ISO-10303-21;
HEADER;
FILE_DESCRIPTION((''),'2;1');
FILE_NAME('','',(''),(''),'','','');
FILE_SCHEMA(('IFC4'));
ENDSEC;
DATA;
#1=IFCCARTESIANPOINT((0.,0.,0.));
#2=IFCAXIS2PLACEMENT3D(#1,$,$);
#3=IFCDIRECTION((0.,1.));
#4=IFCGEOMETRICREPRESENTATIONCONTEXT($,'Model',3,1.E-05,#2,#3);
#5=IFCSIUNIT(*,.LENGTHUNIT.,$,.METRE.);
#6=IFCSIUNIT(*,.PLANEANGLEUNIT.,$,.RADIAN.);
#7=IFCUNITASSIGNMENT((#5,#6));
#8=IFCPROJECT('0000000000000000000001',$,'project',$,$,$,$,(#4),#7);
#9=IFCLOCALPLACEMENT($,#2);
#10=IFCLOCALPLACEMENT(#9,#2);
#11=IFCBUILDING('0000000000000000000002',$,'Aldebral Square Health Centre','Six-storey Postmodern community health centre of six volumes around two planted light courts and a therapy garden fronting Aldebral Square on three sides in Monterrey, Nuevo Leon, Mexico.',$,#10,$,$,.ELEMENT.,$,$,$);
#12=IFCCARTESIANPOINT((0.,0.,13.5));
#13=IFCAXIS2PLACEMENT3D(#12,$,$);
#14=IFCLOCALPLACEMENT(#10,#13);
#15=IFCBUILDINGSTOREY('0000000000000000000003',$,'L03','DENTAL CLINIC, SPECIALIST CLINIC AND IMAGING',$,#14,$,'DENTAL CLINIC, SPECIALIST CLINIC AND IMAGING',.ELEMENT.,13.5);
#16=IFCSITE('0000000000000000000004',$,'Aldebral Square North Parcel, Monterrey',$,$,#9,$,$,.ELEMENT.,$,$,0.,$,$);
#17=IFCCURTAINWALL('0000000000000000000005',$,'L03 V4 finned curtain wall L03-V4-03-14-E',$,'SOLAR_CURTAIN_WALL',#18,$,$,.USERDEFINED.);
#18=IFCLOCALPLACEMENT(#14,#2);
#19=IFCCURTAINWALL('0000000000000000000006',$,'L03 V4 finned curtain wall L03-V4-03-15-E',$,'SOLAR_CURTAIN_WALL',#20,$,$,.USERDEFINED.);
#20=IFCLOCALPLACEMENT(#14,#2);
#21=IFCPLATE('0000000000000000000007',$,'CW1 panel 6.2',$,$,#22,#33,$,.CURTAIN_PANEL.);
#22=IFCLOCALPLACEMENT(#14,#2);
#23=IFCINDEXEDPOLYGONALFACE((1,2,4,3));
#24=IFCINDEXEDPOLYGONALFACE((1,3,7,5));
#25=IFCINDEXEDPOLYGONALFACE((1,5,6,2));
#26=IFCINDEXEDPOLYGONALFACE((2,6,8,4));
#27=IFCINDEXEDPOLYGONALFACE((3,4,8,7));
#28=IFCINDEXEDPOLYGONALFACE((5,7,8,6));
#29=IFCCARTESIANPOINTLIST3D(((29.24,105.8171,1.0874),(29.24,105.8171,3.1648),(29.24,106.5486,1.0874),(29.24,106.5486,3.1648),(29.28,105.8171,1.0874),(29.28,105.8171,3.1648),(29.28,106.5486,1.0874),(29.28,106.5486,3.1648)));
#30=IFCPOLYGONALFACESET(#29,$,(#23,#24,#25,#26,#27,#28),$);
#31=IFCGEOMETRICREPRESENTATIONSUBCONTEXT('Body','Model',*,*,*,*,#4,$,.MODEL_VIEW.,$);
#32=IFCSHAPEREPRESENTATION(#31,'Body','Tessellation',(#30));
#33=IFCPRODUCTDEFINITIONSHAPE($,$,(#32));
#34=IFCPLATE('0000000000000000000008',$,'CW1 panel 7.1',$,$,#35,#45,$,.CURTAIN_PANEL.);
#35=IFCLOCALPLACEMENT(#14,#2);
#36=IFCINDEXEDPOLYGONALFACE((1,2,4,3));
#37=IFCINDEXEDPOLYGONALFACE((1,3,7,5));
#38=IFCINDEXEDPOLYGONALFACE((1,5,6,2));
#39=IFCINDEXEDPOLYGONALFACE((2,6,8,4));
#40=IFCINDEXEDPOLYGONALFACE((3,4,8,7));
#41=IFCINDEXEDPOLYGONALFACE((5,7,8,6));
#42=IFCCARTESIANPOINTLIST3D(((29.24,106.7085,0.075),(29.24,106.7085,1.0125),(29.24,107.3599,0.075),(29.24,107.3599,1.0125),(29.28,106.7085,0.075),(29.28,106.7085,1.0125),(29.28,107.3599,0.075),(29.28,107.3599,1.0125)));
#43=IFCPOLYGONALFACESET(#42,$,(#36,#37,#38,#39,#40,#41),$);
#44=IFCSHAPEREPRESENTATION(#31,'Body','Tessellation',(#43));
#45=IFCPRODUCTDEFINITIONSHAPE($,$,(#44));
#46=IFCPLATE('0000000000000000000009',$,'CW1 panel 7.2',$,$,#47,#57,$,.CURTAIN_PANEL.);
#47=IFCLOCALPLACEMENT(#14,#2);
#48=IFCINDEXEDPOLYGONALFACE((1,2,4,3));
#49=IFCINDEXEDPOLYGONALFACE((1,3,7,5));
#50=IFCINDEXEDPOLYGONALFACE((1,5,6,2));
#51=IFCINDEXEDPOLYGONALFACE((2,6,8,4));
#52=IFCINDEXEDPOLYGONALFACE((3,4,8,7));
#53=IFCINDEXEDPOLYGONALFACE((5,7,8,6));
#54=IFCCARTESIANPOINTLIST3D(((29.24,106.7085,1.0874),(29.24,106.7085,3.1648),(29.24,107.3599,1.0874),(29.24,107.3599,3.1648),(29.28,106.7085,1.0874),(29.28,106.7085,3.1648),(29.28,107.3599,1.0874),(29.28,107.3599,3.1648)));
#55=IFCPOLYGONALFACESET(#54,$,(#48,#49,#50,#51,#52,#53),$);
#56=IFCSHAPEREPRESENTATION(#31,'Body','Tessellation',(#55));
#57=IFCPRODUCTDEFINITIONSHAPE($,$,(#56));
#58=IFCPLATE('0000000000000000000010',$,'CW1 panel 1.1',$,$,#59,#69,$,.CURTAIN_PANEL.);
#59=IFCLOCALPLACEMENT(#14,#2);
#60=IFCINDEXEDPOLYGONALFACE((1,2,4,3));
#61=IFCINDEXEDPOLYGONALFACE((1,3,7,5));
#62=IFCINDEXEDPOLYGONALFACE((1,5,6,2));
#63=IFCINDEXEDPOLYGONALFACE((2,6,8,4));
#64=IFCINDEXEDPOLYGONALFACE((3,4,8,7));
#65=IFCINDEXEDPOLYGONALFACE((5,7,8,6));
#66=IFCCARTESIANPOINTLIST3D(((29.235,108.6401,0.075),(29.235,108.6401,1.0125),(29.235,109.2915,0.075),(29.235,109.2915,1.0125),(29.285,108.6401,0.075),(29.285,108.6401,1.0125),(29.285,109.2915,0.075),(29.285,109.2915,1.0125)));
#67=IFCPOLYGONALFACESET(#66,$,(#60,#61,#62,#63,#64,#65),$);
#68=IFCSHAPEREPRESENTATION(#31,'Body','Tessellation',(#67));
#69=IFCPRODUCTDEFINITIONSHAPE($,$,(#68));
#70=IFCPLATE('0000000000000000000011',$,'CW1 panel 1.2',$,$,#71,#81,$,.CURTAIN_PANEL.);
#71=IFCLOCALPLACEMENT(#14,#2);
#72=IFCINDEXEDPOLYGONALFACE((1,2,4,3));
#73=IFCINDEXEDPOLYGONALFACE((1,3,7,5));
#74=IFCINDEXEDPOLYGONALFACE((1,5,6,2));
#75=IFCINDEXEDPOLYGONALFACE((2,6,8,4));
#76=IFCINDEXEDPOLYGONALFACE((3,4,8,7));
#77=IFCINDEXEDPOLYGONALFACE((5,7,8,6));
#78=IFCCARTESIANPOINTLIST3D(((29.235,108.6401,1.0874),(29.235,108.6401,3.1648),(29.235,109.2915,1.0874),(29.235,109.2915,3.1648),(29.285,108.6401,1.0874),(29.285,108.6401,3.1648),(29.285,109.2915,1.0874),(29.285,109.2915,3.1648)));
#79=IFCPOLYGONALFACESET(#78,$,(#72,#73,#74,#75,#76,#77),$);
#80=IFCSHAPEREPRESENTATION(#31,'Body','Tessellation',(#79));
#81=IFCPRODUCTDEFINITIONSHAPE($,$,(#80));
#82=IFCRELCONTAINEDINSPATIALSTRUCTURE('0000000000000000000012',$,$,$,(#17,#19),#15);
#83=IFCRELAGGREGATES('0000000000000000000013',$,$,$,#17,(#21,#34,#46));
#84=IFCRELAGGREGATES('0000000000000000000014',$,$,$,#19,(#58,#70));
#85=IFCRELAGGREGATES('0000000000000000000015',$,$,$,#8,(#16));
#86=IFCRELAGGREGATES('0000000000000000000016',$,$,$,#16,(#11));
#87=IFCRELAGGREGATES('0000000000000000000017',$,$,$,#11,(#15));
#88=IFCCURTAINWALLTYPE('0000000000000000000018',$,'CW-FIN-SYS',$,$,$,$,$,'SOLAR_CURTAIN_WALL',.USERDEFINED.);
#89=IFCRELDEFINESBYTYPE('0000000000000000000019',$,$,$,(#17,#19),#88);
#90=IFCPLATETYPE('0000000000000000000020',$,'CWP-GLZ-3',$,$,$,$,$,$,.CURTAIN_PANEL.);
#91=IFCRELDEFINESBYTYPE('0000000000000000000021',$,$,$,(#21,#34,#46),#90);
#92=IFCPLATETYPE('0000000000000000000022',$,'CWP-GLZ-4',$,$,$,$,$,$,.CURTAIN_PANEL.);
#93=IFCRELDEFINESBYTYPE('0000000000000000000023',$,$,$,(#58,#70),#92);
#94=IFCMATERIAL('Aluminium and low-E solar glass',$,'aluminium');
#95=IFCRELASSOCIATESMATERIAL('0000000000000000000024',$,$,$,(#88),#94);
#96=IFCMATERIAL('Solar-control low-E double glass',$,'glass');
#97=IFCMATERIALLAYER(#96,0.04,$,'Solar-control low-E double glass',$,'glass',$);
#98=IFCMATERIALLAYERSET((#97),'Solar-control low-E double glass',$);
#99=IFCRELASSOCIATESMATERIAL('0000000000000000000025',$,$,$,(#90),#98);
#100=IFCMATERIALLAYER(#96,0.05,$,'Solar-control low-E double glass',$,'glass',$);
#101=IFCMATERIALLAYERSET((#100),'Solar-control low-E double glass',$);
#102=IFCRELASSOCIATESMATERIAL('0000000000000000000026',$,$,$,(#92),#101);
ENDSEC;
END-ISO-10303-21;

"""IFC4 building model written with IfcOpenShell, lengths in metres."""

from ifc_helpers import new_model, si_unit, direction, frame, origin, origin_2d, place, context, subcontext, project, spatial, rectangle, extrude, material, layer, layer_set, type_object, element, aggregate, save


model = new_model("IFC4")

# Units and contexts
model_context = context("Model", 3, precision=1e-05, world=origin(), true_north=direction((0.0, 1.0)))
body_context = subcontext(model_context, "Body", "Model", "MODEL_VIEW")
ifc_project = project(units=[si_unit("LENGTHUNIT", "METRE"), si_unit("PLANEANGLEUNIT", "RADIAN")], contexts=[model_context])

# Site, building, storey
site_placement = place(None, origin())
site = spatial("IfcSite", under=ifc_project, at=site_placement, Name="Aldebral Square North Parcel, Monterrey", CompositionType="ELEMENT", RefElevation=0.0)
building_placement = place(site_placement, origin())
building = spatial("IfcBuilding", under=site, at=building_placement, Name="Aldebral Square Health Centre", Description="Six-storey Postmodern community health centre of six volumes around two planted light courts and a therapy garden fronting Aldebral Square on three sides in Monterrey, Nuevo Leon, Mexico.", CompositionType="ELEMENT")
storey_placement = place(building_placement, frame((0.0, 0.0, 13.5)))
storey = spatial("IfcBuildingStorey", under=building, at=storey_placement, Name="L03", Description="DENTAL CLINIC, SPECIALIST CLINIC AND IMAGING", LongName="DENTAL CLINIC, SPECIALIST CLINIC AND IMAGING", CompositionType="ELEMENT", Elevation=13.5)

# Curtain walls
ifc_material_1 = material(Name="Aluminium and low-E solar glass", Category="aluminium")
curtain_wall_type = type_object("IfcCurtainWallType", Name="CW-FIN-SYS", ElementType="SOLAR_CURTAIN_WALL", PredefinedType="USERDEFINED", material=ifc_material_1)
curtain_wall_1_placement = place(storey_placement, origin())
curtain_wall_1 = element("IfcCurtainWall", 1, at=curtain_wall_1_placement, inside=storey, type_object=curtain_wall_type, Name="L03 V4 finned curtain wall L03-V4-03-14-E", ObjectType="SOLAR_CURTAIN_WALL", PredefinedType="USERDEFINED")
curtain_wall_2_placement = place(storey_placement, origin())
curtain_wall_2 = element("IfcCurtainWall", 2, at=curtain_wall_2_placement, inside=storey, type_object=curtain_wall_type, Name="L03 V4 finned curtain wall L03-V4-03-15-E", ObjectType="SOLAR_CURTAIN_WALL", PredefinedType="USERDEFINED")

# Plates
ifc_material_2 = material(Name="Solar-control low-E double glass", Category="glass")
ifc_layer_1 = layer(ifc_material_2, 0.04, Name="Solar-control low-E double glass", Category="glass")
ifc_layer_set_1 = layer_set([ifc_layer_1], Name="Solar-control low-E double glass")
plate_type_1 = type_object("IfcPlateType", Name="CWP-GLZ-3", PredefinedType="CURTAIN_PANEL", material=ifc_layer_set_1)
plate_1_placement = place(storey_placement, frame((29.26, 106.1829, 1.0874), z_axis=(0.0, 0.0, 1.0), x_axis=(0.0, 1.0, 0.0)))
plate_1 = element("IfcPlate", 3, at=plate_1_placement, type_object=plate_type_1, Name="CW1 panel 6.2", PredefinedType="CURTAIN_PANEL", context=body_context, shape_type="SweptSolid", body=[
    extrude(rectangle(XDim=0.7314, YDim=0.04, at=origin_2d()), origin(), (0.0, 0.0, 1.0), 2.0774),
])
plate_2_placement = place(storey_placement, frame((29.26, 107.0342, 0.075), z_axis=(0.0, 0.0, 1.0), x_axis=(0.0, 1.0, 0.0)))
plate_2 = element("IfcPlate", 4, at=plate_2_placement, type_object=plate_type_1, Name="CW1 panel 7.1", PredefinedType="CURTAIN_PANEL", context=body_context, shape_type="SweptSolid", body=[
    extrude(rectangle(XDim=0.6514, YDim=0.04, at=origin_2d()), origin(), (0.0, 0.0, 1.0), 0.9375),
])
plate_3_placement = place(storey_placement, frame((29.26, 107.0342, 1.0874), z_axis=(0.0, 0.0, 1.0), x_axis=(0.0, 1.0, 0.0)))
plate_3 = element("IfcPlate", 5, at=plate_3_placement, type_object=plate_type_1, Name="CW1 panel 7.2", PredefinedType="CURTAIN_PANEL", context=body_context, shape_type="SweptSolid", body=[
    extrude(rectangle(XDim=0.6514, YDim=0.04, at=origin_2d()), origin(), (0.0, 0.0, 1.0), 2.0774),
])
aggregate(curtain_wall_1, [plate_1, plate_2, plate_3])
ifc_layer_2 = layer(ifc_material_2, 0.05, Name="Solar-control low-E double glass", Category="glass")
ifc_layer_set_2 = layer_set([ifc_layer_2], Name="Solar-control low-E double glass")
plate_type_2 = type_object("IfcPlateType", Name="CWP-GLZ-4", PredefinedType="CURTAIN_PANEL", material=ifc_layer_set_2)
plate_4_placement = place(storey_placement, frame((29.26, 108.9658, 0.075), z_axis=(0.0, 0.0, 1.0), x_axis=(0.0, 1.0, 0.0)))
plate_4 = element("IfcPlate", 6, at=plate_4_placement, type_object=plate_type_2, Name="CW1 panel 1.1", PredefinedType="CURTAIN_PANEL", context=body_context, shape_type="SweptSolid", body=[
    extrude(rectangle(XDim=0.6514, YDim=0.05, at=origin_2d()), origin(), (0.0, 0.0, 1.0), 0.9375),
])
plate_5_placement = place(storey_placement, frame((29.26, 108.9658, 1.0874), z_axis=(0.0, 0.0, 1.0), x_axis=(0.0, 1.0, 0.0)))
plate_5 = element("IfcPlate", 7, at=plate_5_placement, type_object=plate_type_2, Name="CW1 panel 1.2", PredefinedType="CURTAIN_PANEL", context=body_context, shape_type="SweptSolid", body=[
    extrude(rectangle(XDim=0.6514, YDim=0.05, at=origin_2d()), origin(), (0.0, 0.0, 1.0), 2.0774),
])
aggregate(curtain_wall_2, [plate_4, plate_5])

save(model, "model.ifc")
